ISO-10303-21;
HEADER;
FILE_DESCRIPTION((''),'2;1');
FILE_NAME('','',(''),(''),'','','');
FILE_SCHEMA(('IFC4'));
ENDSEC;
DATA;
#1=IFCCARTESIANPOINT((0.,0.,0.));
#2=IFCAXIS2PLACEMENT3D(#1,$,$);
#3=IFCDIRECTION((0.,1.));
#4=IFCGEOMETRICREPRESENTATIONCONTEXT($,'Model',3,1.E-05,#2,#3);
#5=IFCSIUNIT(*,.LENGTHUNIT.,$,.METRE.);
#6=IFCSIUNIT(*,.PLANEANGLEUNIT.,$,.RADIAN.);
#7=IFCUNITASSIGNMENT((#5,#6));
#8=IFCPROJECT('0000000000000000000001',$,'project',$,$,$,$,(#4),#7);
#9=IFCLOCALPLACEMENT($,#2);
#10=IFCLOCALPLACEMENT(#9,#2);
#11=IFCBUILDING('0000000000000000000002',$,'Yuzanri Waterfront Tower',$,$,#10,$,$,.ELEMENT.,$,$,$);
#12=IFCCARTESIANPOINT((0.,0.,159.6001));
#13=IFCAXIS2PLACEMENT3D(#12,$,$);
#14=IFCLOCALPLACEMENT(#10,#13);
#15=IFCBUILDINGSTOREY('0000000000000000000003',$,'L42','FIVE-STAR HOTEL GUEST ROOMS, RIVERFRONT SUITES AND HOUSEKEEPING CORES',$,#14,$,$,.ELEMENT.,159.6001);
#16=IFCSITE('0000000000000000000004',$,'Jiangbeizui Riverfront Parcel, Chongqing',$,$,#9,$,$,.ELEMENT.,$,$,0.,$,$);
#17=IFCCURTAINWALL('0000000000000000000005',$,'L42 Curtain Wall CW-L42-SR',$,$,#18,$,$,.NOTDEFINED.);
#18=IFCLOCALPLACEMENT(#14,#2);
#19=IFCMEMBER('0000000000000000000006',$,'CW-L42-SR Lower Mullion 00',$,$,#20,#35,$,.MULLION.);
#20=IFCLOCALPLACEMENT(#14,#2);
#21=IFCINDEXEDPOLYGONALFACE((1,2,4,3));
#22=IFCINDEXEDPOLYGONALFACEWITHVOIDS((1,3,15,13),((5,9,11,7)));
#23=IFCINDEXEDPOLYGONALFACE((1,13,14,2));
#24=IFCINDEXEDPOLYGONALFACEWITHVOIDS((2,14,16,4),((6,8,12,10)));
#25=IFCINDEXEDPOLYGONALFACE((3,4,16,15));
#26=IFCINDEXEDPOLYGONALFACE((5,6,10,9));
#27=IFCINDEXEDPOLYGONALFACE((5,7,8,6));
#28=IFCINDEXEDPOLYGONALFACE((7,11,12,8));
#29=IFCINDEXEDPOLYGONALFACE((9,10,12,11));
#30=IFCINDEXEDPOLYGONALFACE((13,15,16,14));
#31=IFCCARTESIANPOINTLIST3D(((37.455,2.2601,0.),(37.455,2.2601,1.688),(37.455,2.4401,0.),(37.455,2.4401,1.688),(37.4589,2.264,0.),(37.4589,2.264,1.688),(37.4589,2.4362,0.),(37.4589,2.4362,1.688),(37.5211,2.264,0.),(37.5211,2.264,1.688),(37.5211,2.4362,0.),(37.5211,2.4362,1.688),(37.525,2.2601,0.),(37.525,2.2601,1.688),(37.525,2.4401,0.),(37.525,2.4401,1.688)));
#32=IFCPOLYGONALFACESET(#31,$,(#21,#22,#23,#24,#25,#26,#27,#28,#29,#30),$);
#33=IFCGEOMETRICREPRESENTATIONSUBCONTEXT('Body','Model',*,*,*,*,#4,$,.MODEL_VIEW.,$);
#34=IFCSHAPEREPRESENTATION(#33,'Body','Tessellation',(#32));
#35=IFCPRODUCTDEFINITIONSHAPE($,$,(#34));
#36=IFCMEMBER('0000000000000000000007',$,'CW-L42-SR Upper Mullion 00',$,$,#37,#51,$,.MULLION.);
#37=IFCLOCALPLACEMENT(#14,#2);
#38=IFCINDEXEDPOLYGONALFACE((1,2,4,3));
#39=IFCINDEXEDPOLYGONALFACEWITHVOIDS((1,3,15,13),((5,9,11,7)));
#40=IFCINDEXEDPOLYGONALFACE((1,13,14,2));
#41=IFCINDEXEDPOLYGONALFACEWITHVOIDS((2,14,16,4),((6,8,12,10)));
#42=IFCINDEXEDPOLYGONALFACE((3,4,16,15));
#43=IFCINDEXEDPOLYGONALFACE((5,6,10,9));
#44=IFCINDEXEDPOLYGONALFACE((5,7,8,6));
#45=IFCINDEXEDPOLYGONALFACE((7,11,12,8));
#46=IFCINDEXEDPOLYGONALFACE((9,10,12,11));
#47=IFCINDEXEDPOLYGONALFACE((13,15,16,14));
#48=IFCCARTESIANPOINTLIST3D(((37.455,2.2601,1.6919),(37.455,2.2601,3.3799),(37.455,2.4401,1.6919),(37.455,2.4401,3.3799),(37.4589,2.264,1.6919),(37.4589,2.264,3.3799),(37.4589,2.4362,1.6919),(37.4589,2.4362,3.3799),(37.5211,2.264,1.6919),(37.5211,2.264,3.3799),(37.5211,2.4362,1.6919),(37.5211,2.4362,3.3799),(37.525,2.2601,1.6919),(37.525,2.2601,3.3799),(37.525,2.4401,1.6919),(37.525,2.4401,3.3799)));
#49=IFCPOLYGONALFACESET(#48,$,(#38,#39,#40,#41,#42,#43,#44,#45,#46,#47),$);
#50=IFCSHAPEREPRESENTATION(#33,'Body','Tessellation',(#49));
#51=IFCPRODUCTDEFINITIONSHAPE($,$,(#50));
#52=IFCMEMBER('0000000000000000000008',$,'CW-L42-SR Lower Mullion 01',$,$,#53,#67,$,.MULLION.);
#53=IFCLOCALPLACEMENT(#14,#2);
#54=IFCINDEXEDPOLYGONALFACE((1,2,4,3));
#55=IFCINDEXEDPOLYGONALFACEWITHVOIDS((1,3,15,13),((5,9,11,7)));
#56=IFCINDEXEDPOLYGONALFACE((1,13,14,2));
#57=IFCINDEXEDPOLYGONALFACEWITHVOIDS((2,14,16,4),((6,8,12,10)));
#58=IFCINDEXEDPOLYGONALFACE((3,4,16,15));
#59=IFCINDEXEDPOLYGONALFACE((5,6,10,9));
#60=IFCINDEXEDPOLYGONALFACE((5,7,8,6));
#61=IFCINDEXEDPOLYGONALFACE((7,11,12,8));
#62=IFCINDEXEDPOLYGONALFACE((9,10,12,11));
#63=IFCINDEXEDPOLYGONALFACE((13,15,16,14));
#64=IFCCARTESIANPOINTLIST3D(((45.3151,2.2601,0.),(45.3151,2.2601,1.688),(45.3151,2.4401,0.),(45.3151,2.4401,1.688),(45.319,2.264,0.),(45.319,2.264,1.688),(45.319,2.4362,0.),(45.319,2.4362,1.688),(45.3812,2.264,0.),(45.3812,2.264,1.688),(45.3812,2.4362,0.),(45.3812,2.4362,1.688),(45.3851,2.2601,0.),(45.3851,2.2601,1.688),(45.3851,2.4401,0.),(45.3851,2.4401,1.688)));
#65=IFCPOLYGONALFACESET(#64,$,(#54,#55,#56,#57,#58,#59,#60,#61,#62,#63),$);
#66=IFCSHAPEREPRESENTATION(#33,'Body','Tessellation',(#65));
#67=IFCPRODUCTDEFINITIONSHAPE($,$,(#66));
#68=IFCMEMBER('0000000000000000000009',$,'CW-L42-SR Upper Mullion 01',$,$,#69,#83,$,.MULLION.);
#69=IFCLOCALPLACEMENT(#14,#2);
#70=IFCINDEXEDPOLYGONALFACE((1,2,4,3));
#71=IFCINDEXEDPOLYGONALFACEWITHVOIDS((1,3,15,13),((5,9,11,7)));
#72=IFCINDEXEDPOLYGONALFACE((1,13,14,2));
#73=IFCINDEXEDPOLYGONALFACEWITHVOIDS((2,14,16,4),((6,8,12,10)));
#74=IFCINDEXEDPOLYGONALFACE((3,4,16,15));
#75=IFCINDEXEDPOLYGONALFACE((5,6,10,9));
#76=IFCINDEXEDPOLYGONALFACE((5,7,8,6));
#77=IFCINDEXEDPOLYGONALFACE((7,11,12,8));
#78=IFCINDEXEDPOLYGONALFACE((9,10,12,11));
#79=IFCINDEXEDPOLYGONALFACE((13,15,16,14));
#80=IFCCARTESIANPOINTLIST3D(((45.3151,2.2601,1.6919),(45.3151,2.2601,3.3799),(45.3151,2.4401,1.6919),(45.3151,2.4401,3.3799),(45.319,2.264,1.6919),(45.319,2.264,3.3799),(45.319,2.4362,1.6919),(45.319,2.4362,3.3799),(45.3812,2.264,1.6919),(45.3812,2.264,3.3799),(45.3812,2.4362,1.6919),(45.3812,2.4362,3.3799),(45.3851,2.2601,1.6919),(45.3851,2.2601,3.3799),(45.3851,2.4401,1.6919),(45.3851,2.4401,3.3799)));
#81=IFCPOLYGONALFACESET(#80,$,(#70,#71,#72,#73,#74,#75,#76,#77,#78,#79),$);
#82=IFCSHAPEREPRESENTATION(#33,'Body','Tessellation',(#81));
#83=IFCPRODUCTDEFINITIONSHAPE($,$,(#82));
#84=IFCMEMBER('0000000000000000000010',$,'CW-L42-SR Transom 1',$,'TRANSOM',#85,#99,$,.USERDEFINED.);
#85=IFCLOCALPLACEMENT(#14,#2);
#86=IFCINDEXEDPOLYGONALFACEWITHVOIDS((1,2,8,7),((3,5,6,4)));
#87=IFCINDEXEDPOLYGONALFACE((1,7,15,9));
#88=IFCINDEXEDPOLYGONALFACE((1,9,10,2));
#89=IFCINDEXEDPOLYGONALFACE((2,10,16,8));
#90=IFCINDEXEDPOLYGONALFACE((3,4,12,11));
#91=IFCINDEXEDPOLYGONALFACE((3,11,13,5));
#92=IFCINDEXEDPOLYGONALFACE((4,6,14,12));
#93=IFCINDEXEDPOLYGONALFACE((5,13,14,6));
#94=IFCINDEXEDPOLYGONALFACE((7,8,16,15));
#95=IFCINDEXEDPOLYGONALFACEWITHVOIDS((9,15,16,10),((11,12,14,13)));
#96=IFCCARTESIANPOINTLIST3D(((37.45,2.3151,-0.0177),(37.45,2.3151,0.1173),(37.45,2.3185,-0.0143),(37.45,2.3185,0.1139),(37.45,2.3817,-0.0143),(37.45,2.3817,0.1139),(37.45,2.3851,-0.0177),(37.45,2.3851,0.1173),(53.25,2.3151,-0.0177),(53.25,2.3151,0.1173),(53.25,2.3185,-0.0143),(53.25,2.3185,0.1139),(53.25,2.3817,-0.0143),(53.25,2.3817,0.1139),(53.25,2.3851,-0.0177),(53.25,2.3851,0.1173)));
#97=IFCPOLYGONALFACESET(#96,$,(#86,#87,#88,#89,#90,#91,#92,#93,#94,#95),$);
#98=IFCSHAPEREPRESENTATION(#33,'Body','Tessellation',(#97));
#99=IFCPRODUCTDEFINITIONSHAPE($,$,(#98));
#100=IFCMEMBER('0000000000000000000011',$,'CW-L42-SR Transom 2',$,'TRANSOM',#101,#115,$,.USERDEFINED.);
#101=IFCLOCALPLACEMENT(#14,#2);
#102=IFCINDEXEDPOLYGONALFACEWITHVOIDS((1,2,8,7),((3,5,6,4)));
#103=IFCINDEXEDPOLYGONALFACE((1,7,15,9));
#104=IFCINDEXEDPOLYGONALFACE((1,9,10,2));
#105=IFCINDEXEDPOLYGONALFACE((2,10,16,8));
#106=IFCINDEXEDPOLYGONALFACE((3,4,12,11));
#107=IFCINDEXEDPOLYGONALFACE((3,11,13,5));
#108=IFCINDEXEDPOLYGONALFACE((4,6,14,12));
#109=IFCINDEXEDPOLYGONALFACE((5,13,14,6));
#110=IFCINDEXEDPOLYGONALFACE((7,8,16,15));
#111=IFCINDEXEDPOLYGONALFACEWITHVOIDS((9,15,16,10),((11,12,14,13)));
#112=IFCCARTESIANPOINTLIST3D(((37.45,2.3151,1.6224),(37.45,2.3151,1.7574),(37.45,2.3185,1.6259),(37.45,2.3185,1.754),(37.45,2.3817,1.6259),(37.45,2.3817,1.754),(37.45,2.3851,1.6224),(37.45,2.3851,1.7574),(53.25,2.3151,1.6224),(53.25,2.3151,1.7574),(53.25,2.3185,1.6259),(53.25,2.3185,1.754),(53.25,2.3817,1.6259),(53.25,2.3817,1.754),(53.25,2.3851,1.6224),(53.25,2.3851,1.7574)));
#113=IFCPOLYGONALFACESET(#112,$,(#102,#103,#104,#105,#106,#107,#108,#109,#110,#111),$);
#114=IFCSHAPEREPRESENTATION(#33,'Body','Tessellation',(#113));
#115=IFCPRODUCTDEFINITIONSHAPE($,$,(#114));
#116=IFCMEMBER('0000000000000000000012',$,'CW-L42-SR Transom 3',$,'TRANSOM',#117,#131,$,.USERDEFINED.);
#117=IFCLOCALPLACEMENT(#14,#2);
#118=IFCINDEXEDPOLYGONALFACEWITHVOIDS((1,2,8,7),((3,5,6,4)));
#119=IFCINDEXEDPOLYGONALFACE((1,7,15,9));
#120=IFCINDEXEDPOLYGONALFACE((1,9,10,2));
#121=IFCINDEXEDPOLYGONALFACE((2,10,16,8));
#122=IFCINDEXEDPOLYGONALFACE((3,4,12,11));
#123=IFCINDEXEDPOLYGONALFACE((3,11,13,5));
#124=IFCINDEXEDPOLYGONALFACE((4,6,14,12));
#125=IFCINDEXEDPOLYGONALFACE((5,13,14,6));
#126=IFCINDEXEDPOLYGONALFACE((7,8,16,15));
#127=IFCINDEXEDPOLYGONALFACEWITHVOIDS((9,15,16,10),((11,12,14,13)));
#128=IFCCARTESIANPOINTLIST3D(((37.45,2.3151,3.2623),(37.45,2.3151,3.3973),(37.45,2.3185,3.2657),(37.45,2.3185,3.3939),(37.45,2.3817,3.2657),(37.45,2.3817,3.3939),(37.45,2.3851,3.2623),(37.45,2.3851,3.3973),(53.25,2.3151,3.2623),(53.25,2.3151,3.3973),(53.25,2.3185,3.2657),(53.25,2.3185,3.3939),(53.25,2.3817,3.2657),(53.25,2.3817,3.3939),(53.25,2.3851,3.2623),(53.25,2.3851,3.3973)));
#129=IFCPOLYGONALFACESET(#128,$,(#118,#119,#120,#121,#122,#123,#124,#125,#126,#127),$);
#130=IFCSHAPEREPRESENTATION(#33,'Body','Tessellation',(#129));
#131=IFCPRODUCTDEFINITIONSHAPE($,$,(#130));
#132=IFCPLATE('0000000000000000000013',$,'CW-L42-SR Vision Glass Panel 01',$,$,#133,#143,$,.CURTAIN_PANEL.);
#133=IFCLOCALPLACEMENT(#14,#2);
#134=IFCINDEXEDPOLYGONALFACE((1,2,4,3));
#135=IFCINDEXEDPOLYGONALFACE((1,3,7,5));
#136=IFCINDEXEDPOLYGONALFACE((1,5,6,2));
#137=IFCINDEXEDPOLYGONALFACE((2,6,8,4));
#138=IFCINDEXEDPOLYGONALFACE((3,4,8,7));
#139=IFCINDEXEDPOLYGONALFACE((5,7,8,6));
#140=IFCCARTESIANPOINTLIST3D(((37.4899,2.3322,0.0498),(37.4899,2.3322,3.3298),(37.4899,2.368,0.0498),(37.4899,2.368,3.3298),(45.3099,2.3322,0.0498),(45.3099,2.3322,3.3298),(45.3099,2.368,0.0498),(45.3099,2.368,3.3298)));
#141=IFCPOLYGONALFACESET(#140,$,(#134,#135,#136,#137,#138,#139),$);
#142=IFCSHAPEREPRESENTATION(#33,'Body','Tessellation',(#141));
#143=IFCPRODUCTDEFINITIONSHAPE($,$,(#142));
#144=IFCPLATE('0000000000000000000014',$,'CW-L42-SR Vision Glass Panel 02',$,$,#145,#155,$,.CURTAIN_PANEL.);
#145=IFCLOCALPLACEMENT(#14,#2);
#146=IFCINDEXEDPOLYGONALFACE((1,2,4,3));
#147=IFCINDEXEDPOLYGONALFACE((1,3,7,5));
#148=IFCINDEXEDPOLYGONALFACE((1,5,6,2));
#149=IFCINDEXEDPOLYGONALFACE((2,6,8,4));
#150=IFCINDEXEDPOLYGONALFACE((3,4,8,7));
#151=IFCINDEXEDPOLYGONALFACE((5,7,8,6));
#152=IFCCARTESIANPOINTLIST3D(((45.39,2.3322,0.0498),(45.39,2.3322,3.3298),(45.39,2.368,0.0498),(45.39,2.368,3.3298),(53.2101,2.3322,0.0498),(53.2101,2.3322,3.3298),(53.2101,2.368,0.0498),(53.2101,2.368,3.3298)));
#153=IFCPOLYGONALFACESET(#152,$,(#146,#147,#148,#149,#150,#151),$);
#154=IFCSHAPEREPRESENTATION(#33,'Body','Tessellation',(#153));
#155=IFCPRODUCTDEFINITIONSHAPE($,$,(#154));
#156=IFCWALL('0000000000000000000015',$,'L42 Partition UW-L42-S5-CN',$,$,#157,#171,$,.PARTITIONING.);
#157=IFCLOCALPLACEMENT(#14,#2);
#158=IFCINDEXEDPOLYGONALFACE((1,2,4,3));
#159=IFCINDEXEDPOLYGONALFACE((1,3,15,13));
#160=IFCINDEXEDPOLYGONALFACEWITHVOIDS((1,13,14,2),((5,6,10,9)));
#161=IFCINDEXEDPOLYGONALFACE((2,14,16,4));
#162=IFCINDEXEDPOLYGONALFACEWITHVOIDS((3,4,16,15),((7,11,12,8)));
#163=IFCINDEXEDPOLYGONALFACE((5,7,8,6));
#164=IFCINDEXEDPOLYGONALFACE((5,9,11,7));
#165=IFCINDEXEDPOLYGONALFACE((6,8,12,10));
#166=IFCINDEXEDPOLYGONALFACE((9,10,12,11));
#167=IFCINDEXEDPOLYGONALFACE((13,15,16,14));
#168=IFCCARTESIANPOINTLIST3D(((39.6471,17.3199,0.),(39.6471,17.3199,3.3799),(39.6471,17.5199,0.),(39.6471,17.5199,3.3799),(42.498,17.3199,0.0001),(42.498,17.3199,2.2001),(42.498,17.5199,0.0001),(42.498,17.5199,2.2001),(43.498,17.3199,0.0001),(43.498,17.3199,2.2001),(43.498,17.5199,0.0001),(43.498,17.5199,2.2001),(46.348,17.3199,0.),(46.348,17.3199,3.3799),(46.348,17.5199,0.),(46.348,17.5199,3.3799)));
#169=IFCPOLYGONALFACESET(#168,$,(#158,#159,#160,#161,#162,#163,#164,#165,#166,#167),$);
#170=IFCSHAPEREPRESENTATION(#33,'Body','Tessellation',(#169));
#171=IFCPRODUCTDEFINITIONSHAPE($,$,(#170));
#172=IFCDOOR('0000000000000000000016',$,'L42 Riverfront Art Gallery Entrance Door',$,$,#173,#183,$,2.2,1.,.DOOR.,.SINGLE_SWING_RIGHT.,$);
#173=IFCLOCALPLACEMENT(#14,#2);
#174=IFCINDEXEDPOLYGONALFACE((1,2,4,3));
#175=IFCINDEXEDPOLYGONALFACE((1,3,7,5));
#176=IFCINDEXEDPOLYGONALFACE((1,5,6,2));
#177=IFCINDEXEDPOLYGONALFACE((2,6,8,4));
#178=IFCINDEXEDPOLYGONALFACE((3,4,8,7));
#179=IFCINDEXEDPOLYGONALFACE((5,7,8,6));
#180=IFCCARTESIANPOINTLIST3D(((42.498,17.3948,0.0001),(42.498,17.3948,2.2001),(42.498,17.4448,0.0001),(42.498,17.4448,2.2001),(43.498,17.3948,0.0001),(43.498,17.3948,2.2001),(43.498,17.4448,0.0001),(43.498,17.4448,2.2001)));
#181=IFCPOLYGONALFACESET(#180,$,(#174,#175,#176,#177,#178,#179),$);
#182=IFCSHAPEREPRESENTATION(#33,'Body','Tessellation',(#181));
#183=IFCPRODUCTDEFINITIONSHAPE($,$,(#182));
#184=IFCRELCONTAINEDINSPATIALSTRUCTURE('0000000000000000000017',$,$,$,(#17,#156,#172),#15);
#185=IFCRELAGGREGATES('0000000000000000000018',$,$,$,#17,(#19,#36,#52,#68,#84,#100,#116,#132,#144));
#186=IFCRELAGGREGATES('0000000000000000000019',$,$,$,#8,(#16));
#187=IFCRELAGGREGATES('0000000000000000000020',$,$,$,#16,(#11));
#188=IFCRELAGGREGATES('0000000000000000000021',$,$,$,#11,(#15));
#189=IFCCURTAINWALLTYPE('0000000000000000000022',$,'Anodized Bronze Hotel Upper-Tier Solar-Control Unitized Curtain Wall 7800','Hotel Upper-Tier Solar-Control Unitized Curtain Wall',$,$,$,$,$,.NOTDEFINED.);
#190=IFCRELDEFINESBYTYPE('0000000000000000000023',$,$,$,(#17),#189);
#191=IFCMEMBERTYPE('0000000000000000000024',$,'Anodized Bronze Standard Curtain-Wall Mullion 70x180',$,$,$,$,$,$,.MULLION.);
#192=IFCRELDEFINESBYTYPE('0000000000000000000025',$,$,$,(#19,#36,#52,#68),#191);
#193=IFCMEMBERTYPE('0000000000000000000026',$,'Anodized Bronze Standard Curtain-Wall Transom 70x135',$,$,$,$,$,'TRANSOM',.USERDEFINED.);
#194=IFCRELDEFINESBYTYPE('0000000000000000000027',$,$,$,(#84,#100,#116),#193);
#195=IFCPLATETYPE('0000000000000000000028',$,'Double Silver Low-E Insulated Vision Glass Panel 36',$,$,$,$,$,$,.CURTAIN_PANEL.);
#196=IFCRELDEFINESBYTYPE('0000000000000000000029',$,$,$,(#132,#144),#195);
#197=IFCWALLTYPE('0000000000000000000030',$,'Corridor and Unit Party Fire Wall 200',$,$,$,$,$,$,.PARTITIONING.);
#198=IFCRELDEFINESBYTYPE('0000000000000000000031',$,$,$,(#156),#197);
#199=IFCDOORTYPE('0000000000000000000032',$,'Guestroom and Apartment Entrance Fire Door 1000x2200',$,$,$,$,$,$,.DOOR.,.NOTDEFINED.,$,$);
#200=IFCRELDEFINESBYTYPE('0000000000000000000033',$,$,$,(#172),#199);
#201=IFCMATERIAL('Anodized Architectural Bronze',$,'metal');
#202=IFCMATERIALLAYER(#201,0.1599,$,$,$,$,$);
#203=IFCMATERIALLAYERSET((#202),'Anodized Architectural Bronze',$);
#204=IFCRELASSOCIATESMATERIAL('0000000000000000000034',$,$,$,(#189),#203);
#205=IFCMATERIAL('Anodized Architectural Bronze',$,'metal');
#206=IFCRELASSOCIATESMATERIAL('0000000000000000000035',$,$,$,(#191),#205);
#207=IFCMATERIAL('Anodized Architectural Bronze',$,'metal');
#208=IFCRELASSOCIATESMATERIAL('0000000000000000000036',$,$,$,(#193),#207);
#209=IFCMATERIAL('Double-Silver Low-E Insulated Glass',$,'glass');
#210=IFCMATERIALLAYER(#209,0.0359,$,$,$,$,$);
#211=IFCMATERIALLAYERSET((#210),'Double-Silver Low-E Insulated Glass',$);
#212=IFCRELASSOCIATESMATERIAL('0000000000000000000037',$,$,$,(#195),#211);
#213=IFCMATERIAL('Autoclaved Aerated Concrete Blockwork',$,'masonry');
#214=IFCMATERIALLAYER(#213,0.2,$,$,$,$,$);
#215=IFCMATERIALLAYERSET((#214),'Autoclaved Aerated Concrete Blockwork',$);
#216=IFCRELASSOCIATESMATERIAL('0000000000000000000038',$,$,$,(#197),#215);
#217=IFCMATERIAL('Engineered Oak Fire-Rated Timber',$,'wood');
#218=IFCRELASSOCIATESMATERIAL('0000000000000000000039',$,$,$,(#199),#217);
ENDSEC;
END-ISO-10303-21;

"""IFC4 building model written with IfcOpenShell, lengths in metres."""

from ifc_helpers import new_model, si_unit, direction, frame, frame_2d, origin, origin_2d, place, context, subcontext, project, spatial, rectangle, hollow_rectangle, extrude, source, transform, mapped, material, layer, layer_set, material_profile, profile_set, type_object, element, fill, aggregate, save


model = new_model("IFC4")

# Units and contexts
model_context = context("Model", 3, precision=1e-05, world=origin(), true_north=direction((0.0, 1.0)))
body_context = subcontext(model_context, "Body", "Model", "MODEL_VIEW")
ifc_project = project(units=[si_unit("LENGTHUNIT", "METRE"), si_unit("PLANEANGLEUNIT", "RADIAN")], contexts=[model_context])

# Site, building, storey
site_placement = place(None, origin())
site = spatial("IfcSite", under=ifc_project, at=site_placement, Name="Jiangbeizui Riverfront Parcel, Chongqing", CompositionType="ELEMENT", RefElevation=0.0)
building_placement = place(site_placement, origin())
building = spatial("IfcBuilding", under=site, at=building_placement, Name="Yuzanri Waterfront Tower", CompositionType="ELEMENT")
storey_placement = place(building_placement, frame((0.0, 0.0, 159.6001)))
storey = spatial("IfcBuildingStorey", under=building, at=storey_placement, Name="L42", Description="FIVE-STAR HOTEL GUEST ROOMS, RIVERFRONT SUITES AND HOUSEKEEPING CORES", CompositionType="ELEMENT", Elevation=159.6001)

# Curtain wall, members, plates
ifc_material_1 = material(Name="Anodized Architectural Bronze", Category="metal")
ifc_layer_1 = layer(ifc_material_1, 0.1599)
ifc_layer_set_1 = layer_set([ifc_layer_1], Name="Anodized Architectural Bronze")
curtain_wall_type = type_object("IfcCurtainWallType", Name="Anodized Bronze Hotel Upper-Tier Solar-Control Unitized Curtain Wall 7800", Description="Hotel Upper-Tier Solar-Control Unitized Curtain Wall", PredefinedType="NOTDEFINED", material=ifc_layer_set_1)
curtain_wall_placement = place(storey_placement, origin())
curtain_wall = element("IfcCurtainWall", 1, at=curtain_wall_placement, inside=storey, type_object=curtain_wall_type, Name="L42 Curtain Wall CW-L42-SR", PredefinedType="NOTDEFINED")
ifc_material_2 = material(Name="Anodized Architectural Bronze", Category="metal")
ifc_material_profile_1 = material_profile(ifc_material_2, hollow_rectangle(XDim=0.0701, YDim=0.1799, WallThickness=0.0039, at=origin_2d()), Name="CWM 70x180")
ifc_profile_set_1 = profile_set([ifc_material_profile_1], Name="Anodized Architectural Bronze")
member_type_1 = type_object("IfcMemberType", Name="Anodized Bronze Standard Curtain-Wall Mullion 70x180", PredefinedType="MULLION", material=ifc_profile_set_1)
shared_shape_1 = source(origin(), body_context, "Body", "SweptSolid", [
    extrude(hollow_rectangle(XDim=0.0701, YDim=0.1799, WallThickness=0.0039, at=origin_2d()), origin(), (0.0, 0.0, 1.0), 1.688),
])
member_1_placement = place(storey_placement, frame((37.49, 2.3501, 0.0), z_axis=(0.0, 0.0, 1.0), x_axis=(1.0, 0.0, 0.0)))
member_1 = element("IfcMember", 2, at=member_1_placement, type_object=member_type_1, Name="CW-L42-SR Lower Mullion 00", PredefinedType="MULLION", context=body_context, shape_type="MappedRepresentation", body=[
    mapped(shared_shape_1, transform((0.0, 0.0, 0.0), scale=1.0)),
])
member_2_placement = place(storey_placement, frame((37.49, 2.3501, 1.6919), z_axis=(0.0, 0.0, 1.0), x_axis=(1.0, 0.0, 0.0)))
member_2 = element("IfcMember", 3, at=member_2_placement, type_object=member_type_1, Name="CW-L42-SR Upper Mullion 00", PredefinedType="MULLION", context=body_context, shape_type="MappedRepresentation", body=[
    mapped(shared_shape_1, transform((0.0, 0.0, 0.0), scale=1.0)),
])
member_3_placement = place(storey_placement, frame((45.3501, 2.3501, 0.0), z_axis=(0.0, 0.0, 1.0), x_axis=(1.0, 0.0, 0.0)))
member_3 = element("IfcMember", 4, at=member_3_placement, type_object=member_type_1, Name="CW-L42-SR Lower Mullion 01", PredefinedType="MULLION", context=body_context, shape_type="MappedRepresentation", body=[
    mapped(shared_shape_1, transform((0.0, 0.0, 0.0), scale=1.0)),
])
member_4_placement = place(storey_placement, frame((45.3501, 2.3501, 1.6919), z_axis=(0.0, 0.0, 1.0), x_axis=(1.0, 0.0, 0.0)))
member_4 = element("IfcMember", 5, at=member_4_placement, type_object=member_type_1, Name="CW-L42-SR Upper Mullion 01", PredefinedType="MULLION", context=body_context, shape_type="MappedRepresentation", body=[
    mapped(shared_shape_1, transform((0.0, 0.0, 0.0), scale=1.0)),
])
ifc_material_3 = material(Name="Anodized Architectural Bronze", Category="metal")
ifc_material_profile_2 = material_profile(ifc_material_3, hollow_rectangle(XDim=0.0701, YDim=0.135, WallThickness=0.0034, at=origin_2d()), Name="CWT 70x135")
ifc_profile_set_2 = profile_set([ifc_material_profile_2], Name="Anodized Architectural Bronze")
member_type_2 = type_object("IfcMemberType", Name="Anodized Bronze Standard Curtain-Wall Transom 70x135", ElementType="TRANSOM", PredefinedType="USERDEFINED", material=ifc_profile_set_2)
shared_shape_2 = source(origin(), body_context, "Body", "SweptSolid", [
    extrude(hollow_rectangle(XDim=0.0701, YDim=0.135, WallThickness=0.0034, at=origin_2d()), origin(), (0.0, 0.0, 1.0), 15.8),
])
member_5_placement = place(storey_placement, frame((37.45, 2.3501, 0.0498), z_axis=(1.0, 0.0, 0.0), x_axis=(0.0, 1.0, 0.0)))
member_5 = element("IfcMember", 6, at=member_5_placement, type_object=member_type_2, Name="CW-L42-SR Transom 1", ObjectType="TRANSOM", PredefinedType="USERDEFINED", context=body_context, shape_type="MappedRepresentation", body=[
    mapped(shared_shape_2, transform((0.0, 0.0, 0.0), scale=1.0)),
])
member_6_placement = place(storey_placement, frame((37.45, 2.3501, 1.6899), z_axis=(1.0, 0.0, 0.0), x_axis=(0.0, 1.0, 0.0)))
member_6 = element("IfcMember", 7, at=member_6_placement, type_object=member_type_2, Name="CW-L42-SR Transom 2", ObjectType="TRANSOM", PredefinedType="USERDEFINED", context=body_context, shape_type="MappedRepresentation", body=[
    mapped(shared_shape_2, transform((0.0, 0.0, 0.0), scale=1.0)),
])
member_7_placement = place(storey_placement, frame((37.45, 2.3501, 3.3298), z_axis=(1.0, 0.0, 0.0), x_axis=(0.0, 1.0, 0.0)))
member_7 = element("IfcMember", 8, at=member_7_placement, type_object=member_type_2, Name="CW-L42-SR Transom 3", ObjectType="TRANSOM", PredefinedType="USERDEFINED", context=body_context, shape_type="MappedRepresentation", body=[
    mapped(shared_shape_2, transform((0.0, 0.0, 0.0), scale=1.0)),
])
ifc_material_4 = material(Name="Double-Silver Low-E Insulated Glass", Category="glass")
ifc_layer_2 = layer(ifc_material_4, 0.0359)
ifc_layer_set_2 = layer_set([ifc_layer_2], Name="Double-Silver Low-E Insulated Glass")
plate_type = type_object("IfcPlateType", Name="Double Silver Low-E Insulated Vision Glass Panel 36", PredefinedType="CURTAIN_PANEL", material=ifc_layer_set_2)
shared_shape_3 = source(origin(), body_context, "Body", "SweptSolid", [
    extrude(rectangle(XDim=7.8201, YDim=0.0359, at=origin_2d()), origin(), (0.0, 0.0, 1.0), 3.28),
])
plate_1_placement = place(storey_placement, frame((41.3999, 2.3501, 0.0498), z_axis=(0.0, 0.0, 1.0), x_axis=(1.0, 0.0, 0.0)))
plate_1 = element("IfcPlate", 9, at=plate_1_placement, type_object=plate_type, Name="CW-L42-SR Vision Glass Panel 01", PredefinedType="CURTAIN_PANEL", context=body_context, shape_type="MappedRepresentation", body=[
    mapped(shared_shape_3, transform((0.0, 0.0, 0.0), scale=1.0)),
])
plate_2_placement = place(storey_placement, frame((49.3, 2.3501, 0.0498), z_axis=(0.0, 0.0, 1.0), x_axis=(1.0, 0.0, 0.0)))
plate_2 = element("IfcPlate", 10, at=plate_2_placement, type_object=plate_type, Name="CW-L42-SR Vision Glass Panel 02", PredefinedType="CURTAIN_PANEL", context=body_context, shape_type="MappedRepresentation", body=[
    mapped(shared_shape_3, transform((0.0, 0.0, 0.0), scale=1.0)),
])
aggregate(curtain_wall, [member_1, member_2, member_3, member_4, member_5, member_6, member_7, plate_1, plate_2])

# Wall, opening, door
ifc_material_5 = material(Name="Autoclaved Aerated Concrete Blockwork", Category="masonry")
ifc_layer_3 = layer(ifc_material_5, 0.2)
ifc_layer_set_3 = layer_set([ifc_layer_3], Name="Autoclaved Aerated Concrete Blockwork")
wall_type_1 = type_object("IfcWallType", Name="Corridor and Unit Party Fire Wall 200", PredefinedType="PARTITIONING", material=ifc_layer_set_3)
wall_1_placement = place(storey_placement, frame((39.647, 17.4199, 0.0), z_axis=(0.0, 0.0, 1.0), x_axis=(1.0, 0.0, 0.0)))
wall_1 = element("IfcWall", 11, at=wall_1_placement, inside=storey, type_object=wall_type_1, Name="L42 Partition UW-L42-S5-CN", PredefinedType="PARTITIONING", context=body_context, shape_type="SweptSolid", body=[
    extrude(rectangle(XDim=6.7009, YDim=0.2, at=frame_2d((3.3506, 0.0))), origin(), (0.0, 0.0, 1.0), 3.3799),
])
opening_1_placement = place(wall_1_placement, frame((2.8511, 0.0, 0.0)))
opening_1 = element("IfcOpeningElement", 12, at=opening_1_placement, cuts=wall_1, PredefinedType="OPENING", context=body_context, shape_type="SweptSolid", body=[
    extrude(rectangle(XDim=1.0, YDim=2.2, at=frame_2d((0.5, 1.1001))), frame((0.0, 0.1147, 0.0), z_axis=(0.0, -1.0, 0.0), x_axis=(1.0, 0.0, 0.0)), (0.0, 0.0, 1.0), 0.2297),
])
ifc_material_6 = material(Name="Engineered Oak Fire-Rated Timber", Category="wood")
door_type = type_object("IfcDoorType", Name="Guestroom and Apartment Entrance Fire Door 1000x2200", OperationType="NOTDEFINED", PredefinedType="DOOR", material=ifc_material_6)
shared_shape_4 = source(origin(), body_context, "Body", "SweptSolid", [
    extrude(rectangle(XDim=1.0, YDim=2.2, at=frame_2d((0.5, 1.1001))), frame((0.0, 0.0249, 0.0), z_axis=(0.0, -1.0, 0.0), x_axis=(1.0, 0.0, 0.0)), (0.0, 0.0, 1.0), 0.05),
])
door_1_placement = place(opening_1_placement, origin())
door_1 = element("IfcDoor", 13, at=door_1_placement, inside=storey, type_object=door_type, Name="L42 Riverfront Art Gallery Entrance Door", OperationType="SINGLE_SWING_RIGHT", OverallHeight=2.2, OverallWidth=1.0, PredefinedType="DOOR", context=body_context, shape_type="MappedRepresentation", body=[
    mapped(shared_shape_4, transform((0.0, 0.0, 0.0), scale=1.0)),
])
fill(opening_1, door_1)

save(model, "model.ifc")
